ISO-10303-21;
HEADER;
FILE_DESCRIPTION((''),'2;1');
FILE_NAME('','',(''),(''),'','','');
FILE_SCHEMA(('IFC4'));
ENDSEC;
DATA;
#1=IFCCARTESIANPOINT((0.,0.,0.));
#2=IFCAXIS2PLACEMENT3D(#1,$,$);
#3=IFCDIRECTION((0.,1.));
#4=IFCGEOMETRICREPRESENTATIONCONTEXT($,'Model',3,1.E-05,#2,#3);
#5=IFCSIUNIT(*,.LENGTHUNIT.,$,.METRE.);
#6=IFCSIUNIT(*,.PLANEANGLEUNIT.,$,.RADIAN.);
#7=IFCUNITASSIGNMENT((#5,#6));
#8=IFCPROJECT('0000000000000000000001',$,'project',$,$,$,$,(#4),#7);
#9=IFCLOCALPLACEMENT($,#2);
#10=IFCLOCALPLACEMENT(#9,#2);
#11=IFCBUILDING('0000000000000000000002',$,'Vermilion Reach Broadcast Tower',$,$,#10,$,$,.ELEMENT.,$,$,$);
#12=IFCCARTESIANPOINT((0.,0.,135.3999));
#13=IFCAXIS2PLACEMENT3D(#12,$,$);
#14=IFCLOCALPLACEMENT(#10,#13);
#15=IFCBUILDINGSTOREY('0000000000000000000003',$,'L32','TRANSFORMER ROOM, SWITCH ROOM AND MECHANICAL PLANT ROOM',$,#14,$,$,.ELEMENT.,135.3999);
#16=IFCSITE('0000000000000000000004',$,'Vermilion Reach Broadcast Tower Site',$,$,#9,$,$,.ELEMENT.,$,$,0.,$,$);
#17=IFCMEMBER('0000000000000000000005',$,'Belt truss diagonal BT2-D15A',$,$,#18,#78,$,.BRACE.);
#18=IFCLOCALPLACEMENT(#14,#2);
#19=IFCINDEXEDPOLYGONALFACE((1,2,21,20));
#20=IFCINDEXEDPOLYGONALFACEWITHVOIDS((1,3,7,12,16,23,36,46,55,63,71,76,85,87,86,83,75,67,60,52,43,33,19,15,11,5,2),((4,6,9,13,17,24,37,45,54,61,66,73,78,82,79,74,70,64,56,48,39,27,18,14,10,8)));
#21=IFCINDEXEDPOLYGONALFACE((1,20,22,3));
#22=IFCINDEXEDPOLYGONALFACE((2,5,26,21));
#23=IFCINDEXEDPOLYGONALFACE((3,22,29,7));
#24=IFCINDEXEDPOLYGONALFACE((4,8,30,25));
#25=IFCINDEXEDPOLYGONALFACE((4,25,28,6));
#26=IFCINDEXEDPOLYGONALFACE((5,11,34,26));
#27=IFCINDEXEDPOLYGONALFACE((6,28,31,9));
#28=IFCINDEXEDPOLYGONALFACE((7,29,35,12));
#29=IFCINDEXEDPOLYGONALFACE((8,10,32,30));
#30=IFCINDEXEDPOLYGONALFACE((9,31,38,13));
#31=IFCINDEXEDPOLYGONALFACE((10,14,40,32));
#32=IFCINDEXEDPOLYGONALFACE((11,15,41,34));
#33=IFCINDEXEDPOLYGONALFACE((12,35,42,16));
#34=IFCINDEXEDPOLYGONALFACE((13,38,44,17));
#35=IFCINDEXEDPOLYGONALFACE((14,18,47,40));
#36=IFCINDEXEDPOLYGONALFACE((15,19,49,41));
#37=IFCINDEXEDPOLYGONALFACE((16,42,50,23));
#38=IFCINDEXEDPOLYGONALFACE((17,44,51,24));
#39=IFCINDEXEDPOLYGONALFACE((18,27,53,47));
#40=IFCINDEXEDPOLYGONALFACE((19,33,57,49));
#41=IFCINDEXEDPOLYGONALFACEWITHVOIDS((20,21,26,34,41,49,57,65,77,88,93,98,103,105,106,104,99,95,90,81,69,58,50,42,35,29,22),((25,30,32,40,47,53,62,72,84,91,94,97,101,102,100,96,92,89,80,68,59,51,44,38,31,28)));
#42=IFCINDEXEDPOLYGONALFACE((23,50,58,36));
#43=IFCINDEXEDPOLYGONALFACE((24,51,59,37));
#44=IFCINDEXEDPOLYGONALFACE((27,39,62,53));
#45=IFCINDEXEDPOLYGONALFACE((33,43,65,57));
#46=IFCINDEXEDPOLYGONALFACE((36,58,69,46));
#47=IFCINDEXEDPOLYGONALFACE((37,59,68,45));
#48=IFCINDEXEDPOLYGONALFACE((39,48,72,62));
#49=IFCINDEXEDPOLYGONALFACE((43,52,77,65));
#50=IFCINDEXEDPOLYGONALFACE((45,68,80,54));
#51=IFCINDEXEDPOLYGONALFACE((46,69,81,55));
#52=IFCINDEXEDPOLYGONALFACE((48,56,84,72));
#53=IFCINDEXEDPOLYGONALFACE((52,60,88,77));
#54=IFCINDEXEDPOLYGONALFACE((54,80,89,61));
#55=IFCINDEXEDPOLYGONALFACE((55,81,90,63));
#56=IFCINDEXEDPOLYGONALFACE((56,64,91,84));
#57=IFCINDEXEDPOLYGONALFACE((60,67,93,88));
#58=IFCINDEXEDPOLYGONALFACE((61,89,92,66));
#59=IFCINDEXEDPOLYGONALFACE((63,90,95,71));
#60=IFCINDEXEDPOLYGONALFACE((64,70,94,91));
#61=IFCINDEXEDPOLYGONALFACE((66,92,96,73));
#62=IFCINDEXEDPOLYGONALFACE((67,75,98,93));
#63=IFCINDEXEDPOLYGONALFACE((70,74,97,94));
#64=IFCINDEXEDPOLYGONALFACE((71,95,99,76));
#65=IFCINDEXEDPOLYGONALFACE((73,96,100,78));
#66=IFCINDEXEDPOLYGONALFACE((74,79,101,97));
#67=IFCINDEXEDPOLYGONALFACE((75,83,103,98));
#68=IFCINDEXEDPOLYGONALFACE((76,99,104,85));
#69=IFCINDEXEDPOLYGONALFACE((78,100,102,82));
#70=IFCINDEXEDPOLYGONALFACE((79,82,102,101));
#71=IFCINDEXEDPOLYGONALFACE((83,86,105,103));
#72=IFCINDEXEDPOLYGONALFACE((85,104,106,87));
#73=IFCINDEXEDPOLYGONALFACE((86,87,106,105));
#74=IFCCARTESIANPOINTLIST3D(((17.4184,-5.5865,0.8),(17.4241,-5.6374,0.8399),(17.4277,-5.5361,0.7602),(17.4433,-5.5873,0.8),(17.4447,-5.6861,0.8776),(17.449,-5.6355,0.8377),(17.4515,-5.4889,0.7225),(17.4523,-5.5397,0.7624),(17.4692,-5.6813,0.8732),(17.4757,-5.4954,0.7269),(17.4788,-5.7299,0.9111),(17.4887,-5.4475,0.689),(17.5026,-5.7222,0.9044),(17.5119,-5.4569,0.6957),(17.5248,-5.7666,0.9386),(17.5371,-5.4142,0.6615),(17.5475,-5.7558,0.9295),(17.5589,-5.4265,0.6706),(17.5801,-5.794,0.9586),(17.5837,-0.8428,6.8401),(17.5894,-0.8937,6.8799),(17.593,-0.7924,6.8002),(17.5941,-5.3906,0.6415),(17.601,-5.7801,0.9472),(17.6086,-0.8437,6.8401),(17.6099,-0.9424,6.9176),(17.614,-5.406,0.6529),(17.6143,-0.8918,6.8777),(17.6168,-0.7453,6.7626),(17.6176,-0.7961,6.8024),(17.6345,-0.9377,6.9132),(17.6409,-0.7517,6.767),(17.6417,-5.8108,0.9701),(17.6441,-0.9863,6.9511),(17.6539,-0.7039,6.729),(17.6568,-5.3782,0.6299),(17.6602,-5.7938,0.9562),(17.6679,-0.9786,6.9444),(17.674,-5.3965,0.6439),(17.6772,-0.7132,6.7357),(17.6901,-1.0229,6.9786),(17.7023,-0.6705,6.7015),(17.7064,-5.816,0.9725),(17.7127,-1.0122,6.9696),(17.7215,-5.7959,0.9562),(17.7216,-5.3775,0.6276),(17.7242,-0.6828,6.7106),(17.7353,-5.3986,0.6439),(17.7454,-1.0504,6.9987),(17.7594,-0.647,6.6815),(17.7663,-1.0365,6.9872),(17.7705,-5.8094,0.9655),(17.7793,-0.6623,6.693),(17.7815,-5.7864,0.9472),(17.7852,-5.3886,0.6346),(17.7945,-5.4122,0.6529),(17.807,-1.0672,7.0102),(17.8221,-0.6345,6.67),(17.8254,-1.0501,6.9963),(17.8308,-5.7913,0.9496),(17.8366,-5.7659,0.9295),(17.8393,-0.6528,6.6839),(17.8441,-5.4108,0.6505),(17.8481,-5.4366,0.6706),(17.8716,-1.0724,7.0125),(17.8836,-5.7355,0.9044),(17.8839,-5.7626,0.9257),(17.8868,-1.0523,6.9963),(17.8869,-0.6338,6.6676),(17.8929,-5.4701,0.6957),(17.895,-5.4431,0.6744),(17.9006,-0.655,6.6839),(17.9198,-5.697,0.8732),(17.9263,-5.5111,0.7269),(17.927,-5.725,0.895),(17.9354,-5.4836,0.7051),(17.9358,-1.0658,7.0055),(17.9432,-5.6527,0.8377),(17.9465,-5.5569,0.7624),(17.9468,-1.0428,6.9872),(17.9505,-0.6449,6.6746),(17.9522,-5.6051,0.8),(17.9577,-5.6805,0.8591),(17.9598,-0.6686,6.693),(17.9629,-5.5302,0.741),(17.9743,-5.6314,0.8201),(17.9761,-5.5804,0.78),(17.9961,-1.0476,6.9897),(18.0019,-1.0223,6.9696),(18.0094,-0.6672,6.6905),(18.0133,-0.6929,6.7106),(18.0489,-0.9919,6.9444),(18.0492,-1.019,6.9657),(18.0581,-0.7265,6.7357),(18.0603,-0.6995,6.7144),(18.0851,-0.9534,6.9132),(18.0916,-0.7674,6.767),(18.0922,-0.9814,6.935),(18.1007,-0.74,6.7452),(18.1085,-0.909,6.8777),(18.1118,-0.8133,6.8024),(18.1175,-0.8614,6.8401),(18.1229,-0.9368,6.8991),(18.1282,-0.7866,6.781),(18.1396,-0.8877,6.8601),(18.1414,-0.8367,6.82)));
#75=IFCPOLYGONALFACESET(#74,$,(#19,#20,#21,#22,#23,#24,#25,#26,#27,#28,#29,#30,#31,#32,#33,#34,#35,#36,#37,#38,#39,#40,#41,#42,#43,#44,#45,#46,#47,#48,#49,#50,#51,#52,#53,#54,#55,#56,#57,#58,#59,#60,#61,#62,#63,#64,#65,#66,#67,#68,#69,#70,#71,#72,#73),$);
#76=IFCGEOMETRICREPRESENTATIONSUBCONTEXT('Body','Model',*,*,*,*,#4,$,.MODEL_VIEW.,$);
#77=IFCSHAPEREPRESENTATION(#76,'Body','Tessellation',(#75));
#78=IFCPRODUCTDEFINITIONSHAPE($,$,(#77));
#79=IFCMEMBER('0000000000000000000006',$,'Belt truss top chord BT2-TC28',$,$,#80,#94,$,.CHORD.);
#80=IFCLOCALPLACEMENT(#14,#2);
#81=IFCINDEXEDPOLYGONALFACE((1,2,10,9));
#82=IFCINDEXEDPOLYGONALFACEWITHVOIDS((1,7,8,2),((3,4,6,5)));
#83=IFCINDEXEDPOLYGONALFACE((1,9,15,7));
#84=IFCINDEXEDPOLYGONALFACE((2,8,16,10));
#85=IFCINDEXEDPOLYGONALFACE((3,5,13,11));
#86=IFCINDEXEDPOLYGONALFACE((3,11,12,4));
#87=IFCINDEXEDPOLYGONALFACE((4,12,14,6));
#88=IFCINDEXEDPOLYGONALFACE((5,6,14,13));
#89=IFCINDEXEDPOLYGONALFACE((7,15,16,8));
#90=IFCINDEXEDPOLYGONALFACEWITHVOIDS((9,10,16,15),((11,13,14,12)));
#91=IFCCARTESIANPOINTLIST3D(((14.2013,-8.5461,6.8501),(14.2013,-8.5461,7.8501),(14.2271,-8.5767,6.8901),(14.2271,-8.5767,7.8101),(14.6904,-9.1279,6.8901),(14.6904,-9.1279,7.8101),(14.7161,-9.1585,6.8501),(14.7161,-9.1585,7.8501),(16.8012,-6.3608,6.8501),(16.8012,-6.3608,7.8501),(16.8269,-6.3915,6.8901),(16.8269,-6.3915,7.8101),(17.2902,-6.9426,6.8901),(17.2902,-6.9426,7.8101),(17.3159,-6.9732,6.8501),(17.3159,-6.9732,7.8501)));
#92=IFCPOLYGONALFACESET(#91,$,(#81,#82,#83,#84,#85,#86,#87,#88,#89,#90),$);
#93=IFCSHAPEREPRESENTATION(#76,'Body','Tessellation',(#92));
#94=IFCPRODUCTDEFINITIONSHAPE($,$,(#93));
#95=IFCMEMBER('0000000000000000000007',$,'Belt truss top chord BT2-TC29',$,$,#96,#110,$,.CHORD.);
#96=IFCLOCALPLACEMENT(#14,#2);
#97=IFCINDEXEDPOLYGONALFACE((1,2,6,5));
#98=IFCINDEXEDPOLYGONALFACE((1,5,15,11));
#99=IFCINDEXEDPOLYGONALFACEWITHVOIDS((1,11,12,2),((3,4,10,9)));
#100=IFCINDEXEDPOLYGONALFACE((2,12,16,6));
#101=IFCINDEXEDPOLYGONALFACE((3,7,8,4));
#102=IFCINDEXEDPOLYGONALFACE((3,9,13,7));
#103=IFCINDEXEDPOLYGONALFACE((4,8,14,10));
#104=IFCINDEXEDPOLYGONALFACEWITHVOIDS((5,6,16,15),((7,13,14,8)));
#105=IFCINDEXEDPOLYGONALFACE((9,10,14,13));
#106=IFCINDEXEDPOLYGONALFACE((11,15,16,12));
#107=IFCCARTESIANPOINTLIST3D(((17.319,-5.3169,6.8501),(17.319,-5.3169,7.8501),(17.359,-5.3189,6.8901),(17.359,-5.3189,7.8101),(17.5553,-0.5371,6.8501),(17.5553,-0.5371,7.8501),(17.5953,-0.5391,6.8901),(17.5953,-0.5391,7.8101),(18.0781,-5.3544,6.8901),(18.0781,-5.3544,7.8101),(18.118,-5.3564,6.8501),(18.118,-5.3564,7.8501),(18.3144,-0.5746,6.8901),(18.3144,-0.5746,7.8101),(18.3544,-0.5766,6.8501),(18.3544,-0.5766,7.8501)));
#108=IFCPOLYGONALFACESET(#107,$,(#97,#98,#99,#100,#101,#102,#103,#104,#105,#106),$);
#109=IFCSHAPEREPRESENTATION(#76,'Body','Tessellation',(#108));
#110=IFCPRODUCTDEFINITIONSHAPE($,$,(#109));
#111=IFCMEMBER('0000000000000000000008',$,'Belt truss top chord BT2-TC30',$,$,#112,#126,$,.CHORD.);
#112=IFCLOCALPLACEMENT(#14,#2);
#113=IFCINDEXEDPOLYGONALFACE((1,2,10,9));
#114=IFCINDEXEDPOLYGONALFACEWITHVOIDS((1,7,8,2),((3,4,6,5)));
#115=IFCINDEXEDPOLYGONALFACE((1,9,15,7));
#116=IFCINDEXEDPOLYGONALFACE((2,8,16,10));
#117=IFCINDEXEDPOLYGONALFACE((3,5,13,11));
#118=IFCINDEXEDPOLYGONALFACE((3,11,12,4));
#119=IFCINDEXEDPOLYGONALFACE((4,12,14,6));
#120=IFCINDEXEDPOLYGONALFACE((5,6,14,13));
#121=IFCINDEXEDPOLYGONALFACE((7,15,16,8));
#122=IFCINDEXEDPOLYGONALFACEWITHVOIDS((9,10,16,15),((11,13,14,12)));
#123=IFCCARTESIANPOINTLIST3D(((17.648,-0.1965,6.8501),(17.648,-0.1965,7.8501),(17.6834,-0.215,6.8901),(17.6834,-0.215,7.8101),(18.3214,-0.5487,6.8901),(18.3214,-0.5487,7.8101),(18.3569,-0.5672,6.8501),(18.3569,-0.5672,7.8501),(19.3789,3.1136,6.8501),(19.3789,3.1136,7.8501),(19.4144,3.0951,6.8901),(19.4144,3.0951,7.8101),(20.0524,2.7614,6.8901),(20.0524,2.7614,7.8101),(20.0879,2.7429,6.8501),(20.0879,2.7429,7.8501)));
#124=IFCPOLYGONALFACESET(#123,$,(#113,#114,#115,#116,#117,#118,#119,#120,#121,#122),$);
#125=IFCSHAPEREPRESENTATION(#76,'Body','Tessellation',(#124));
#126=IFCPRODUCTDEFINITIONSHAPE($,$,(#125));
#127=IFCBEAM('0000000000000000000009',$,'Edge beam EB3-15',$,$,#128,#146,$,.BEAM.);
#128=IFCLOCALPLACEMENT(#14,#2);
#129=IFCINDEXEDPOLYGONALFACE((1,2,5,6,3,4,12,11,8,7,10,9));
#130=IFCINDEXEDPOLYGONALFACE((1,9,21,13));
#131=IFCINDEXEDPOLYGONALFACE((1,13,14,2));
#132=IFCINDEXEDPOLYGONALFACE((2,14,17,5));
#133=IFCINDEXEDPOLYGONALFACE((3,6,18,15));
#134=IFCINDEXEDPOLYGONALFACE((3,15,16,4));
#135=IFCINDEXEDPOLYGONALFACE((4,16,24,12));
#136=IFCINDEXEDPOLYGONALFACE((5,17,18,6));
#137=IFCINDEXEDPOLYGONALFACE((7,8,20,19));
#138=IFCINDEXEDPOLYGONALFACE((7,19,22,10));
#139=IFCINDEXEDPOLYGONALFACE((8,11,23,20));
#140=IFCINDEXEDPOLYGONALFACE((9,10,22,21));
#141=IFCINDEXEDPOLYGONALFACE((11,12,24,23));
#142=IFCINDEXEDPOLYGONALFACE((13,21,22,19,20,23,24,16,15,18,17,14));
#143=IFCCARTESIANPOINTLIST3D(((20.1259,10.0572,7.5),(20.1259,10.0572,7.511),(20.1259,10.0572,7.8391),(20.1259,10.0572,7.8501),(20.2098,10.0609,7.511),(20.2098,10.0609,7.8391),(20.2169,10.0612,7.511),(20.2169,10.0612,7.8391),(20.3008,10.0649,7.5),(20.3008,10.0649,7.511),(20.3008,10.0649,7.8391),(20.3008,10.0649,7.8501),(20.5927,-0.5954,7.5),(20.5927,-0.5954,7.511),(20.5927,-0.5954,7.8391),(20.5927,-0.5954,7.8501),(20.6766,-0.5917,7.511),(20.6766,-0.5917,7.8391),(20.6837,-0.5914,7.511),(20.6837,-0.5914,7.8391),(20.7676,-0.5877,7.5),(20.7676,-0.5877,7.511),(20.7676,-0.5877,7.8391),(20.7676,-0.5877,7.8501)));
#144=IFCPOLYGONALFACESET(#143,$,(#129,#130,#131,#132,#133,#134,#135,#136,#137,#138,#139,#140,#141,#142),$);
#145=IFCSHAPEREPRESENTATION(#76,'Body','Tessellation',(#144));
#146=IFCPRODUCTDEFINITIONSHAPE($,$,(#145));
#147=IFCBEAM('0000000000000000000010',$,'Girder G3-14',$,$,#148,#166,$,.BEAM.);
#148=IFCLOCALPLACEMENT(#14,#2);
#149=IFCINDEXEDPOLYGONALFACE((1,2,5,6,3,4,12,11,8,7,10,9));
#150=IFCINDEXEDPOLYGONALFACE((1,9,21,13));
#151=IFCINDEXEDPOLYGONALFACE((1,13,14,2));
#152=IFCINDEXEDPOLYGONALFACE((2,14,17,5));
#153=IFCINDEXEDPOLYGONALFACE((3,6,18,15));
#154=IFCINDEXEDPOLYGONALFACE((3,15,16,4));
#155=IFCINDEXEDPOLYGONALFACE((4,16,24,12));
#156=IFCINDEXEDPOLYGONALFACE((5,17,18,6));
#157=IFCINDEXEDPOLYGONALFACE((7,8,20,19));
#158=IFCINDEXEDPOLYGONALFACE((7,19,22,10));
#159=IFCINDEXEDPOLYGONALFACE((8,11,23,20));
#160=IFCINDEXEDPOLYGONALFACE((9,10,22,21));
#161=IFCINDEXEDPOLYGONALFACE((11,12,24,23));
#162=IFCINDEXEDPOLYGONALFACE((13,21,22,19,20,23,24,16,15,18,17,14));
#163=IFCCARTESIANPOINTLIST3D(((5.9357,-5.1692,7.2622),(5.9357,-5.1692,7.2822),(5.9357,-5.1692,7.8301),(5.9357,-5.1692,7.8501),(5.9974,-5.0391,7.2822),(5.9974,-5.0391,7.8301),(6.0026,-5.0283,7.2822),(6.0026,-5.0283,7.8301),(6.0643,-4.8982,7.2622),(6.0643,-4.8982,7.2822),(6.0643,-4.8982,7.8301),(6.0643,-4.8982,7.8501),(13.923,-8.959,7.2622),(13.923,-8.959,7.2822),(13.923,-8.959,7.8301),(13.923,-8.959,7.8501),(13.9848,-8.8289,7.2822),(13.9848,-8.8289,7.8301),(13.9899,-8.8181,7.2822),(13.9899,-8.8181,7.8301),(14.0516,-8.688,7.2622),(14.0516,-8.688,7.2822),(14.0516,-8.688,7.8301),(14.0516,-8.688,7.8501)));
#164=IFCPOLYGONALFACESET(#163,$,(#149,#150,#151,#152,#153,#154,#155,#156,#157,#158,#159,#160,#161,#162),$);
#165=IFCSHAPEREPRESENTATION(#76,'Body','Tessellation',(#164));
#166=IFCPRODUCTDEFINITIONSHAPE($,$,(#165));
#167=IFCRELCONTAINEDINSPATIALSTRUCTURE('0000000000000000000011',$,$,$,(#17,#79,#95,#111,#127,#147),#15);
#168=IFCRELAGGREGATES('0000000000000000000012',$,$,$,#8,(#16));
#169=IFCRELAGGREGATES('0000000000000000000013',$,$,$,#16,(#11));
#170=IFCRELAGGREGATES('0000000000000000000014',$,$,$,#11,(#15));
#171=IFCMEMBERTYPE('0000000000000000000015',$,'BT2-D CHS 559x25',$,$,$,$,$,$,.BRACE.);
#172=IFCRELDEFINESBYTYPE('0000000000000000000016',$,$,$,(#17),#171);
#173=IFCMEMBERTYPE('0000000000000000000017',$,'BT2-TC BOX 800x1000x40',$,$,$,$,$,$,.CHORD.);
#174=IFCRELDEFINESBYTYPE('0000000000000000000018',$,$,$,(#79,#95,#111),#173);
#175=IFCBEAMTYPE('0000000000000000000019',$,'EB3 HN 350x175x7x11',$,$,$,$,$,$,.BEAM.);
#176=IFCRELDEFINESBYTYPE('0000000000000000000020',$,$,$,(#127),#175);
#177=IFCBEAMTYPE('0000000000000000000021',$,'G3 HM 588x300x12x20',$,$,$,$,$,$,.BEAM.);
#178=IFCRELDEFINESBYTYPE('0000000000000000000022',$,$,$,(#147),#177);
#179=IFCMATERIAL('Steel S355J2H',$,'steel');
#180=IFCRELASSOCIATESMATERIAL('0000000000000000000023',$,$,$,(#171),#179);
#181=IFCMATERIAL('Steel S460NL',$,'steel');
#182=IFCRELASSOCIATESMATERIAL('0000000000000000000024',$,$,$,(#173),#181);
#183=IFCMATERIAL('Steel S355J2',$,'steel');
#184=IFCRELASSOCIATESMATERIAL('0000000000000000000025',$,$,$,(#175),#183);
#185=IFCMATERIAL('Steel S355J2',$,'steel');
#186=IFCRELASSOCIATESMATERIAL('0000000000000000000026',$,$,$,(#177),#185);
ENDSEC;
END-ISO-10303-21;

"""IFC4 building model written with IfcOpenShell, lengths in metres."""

from ifc_helpers import new_model, si_unit, direction, frame, origin, origin_2d, place, context, subcontext, project, spatial, hollow_rectangle, hollow_circle, i_section, extrude, material, material_profile, profile_set, type_object, element, save


model = new_model("IFC4")

# Units and contexts
model_context = context("Model", 3, precision=1e-05, world=origin(), true_north=direction((0.0, 1.0)))
body_context = subcontext(model_context, "Body", "Model", "MODEL_VIEW")
ifc_project = project(units=[si_unit("LENGTHUNIT", "METRE"), si_unit("PLANEANGLEUNIT", "RADIAN")], contexts=[model_context])

# Site, building, storey
site_placement = place(None, origin())
site = spatial("IfcSite", under=ifc_project, at=site_placement, Name="Vermilion Reach Broadcast Tower Site", CompositionType="ELEMENT", RefElevation=0.0)
building_placement = place(site_placement, origin())
building = spatial("IfcBuilding", under=site, at=building_placement, Name="Vermilion Reach Broadcast Tower", CompositionType="ELEMENT")
storey_placement = place(building_placement, frame((0.0, 0.0, 135.3999)))
storey = spatial("IfcBuildingStorey", under=building, at=storey_placement, Name="L32", Description="TRANSFORMER ROOM, SWITCH ROOM AND MECHANICAL PLANT ROOM", CompositionType="ELEMENT", Elevation=135.3999)

# Members
ifc_material_1 = material(Name="Steel S355J2H", Category="steel")
ifc_material_profile_1 = material_profile(ifc_material_1, hollow_circle(Radius=0.2795, WallThickness=0.0249, at=origin_2d()), Name="S355J2H CHS 559x25")
ifc_profile_set_1 = profile_set([ifc_material_profile_1], Name="Steel S355J2H")
member_type_1 = type_object("IfcMemberType", Name="BT2-D CHS 559x25", PredefinedType="BRACE", material=ifc_profile_set_1)
member_1_placement = place(storey_placement, frame((17.6978, -5.5962, 0.8), z_axis=(0.021516, 0.61751, 0.786269), x_axis=(-0.999394, 0.034822, 0.0)))
element("IfcMember", 1, at=member_1_placement, inside=storey, type_object=member_type_1, Name="Belt truss diagonal BT2-D15A", PredefinedType="BRACE", context=body_context, shape_type="SweptSolid", body=[
    extrude(hollow_circle(Radius=0.2795, WallThickness=0.0249, at=origin_2d()), origin(), (0.0, 0.0, 1.0), 7.6819),
])
ifc_material_2 = material(Name="Steel S460NL", Category="steel")
ifc_material_profile_2 = material_profile(ifc_material_2, hollow_rectangle(XDim=0.8, YDim=1.0, WallThickness=0.04, at=origin_2d()), Name="S460NL BOX 800x1000x40")
ifc_profile_set_2 = profile_set([ifc_material_profile_2], Name="Steel S460NL")
member_type_2 = type_object("IfcMemberType", Name="BT2-TC BOX 800x1000x40", PredefinedType="CHORD", material=ifc_profile_set_2)
member_2_placement = place(storey_placement, frame((14.4587, -8.8523, 7.3501), z_axis=(0.765498, 0.643438, 0.0), x_axis=(-0.643438, 0.765498, 0.0)))
element("IfcMember", 2, at=member_2_placement, inside=storey, type_object=member_type_2, Name="Belt truss top chord BT2-TC28", PredefinedType="CHORD", context=body_context, shape_type="SweptSolid", body=[
    extrude(hollow_rectangle(XDim=0.8, YDim=1.0, WallThickness=0.04, at=origin_2d()), origin(), (0.0, 0.0, 1.0), 3.3962),
])
member_3_placement = place(storey_placement, frame((17.7185, -5.3367, 7.3501), z_axis=(0.049383, 0.99878, 0.0), x_axis=(-0.99878, 0.049383, 0.0)))
element("IfcMember", 3, at=member_3_placement, inside=storey, type_object=member_type_2, Name="Belt truss top chord BT2-TC29", PredefinedType="CHORD", context=body_context, shape_type="SweptSolid", body=[
    extrude(hollow_rectangle(XDim=0.8, YDim=1.0, WallThickness=0.04, at=origin_2d()), origin(), (0.0, 0.0, 1.0), 4.7856),
])
member_4_placement = place(storey_placement, frame((18.0024, -0.3818, 7.3501), z_axis=(0.463401, 0.886149, 0.0), x_axis=(-0.886149, 0.463401, 0.0)))
element("IfcMember", 4, at=member_4_placement, inside=storey, type_object=member_type_2, Name="Belt truss top chord BT2-TC30", PredefinedType="CHORD", context=body_context, shape_type="SweptSolid", body=[
    extrude(hollow_rectangle(XDim=0.8, YDim=1.0, WallThickness=0.04, at=origin_2d()), origin(), (0.0, 0.0, 1.0), 3.7354),
])

# Beams
ifc_material_3 = material(Name="Steel S355J2", Category="steel")
ifc_material_profile_3 = material_profile(ifc_material_3, i_section(OverallWidth=0.175, OverallDepth=0.3501, WebThickness=0.0071, FlangeThickness=0.011, at=origin_2d()), Name="S355J2 HN 350x175x7x11")
ifc_profile_set_3 = profile_set([ifc_material_profile_3], Name="Steel S355J2")
beam_type_1 = type_object("IfcBeamType", Name="EB3 HN 350x175x7x11", PredefinedType="BEAM", material=ifc_profile_set_3)
beam_1_placement = place(storey_placement, frame((20.6802, -0.5916, 7.675), z_axis=(-0.043778, 0.999041, 0.0), x_axis=(-0.999041, -0.043778, 0.0)))
element("IfcBeam", 5, at=beam_1_placement, inside=storey, type_object=beam_type_1, Name="Edge beam EB3-15", PredefinedType="BEAM", context=body_context, shape_type="SweptSolid", body=[
    extrude(i_section(OverallWidth=0.175, OverallDepth=0.3501, WebThickness=0.0071, FlangeThickness=0.011, at=origin_2d()), origin(), (0.0, 0.0, 1.0), 10.6628),
])
ifc_material_4 = material(Name="Steel S355J2", Category="steel")
ifc_material_profile_4 = material_profile(ifc_material_4, i_section(OverallWidth=0.3, OverallDepth=0.5879, WebThickness=0.012, FlangeThickness=0.02, at=origin_2d()), Name="S355J2 HM 588x300x12x20")
ifc_profile_set_4 = profile_set([ifc_material_profile_4], Name="Steel S355J2")
beam_type_2 = type_object("IfcBeamType", Name="G3 HM 588x300x12x20", PredefinedType="BEAM", material=ifc_profile_set_4)
beam_2_placement = place(storey_placement, frame((6.0, -5.0337, 7.5562), z_axis=(0.90346, -0.428671, 0.0), x_axis=(0.428671, 0.90346, 0.0)))
element("IfcBeam", 6, at=beam_2_placement, inside=storey, type_object=beam_type_2, Name="Girder G3-14", PredefinedType="BEAM", context=body_context, shape_type="SweptSolid", body=[
    extrude(i_section(OverallWidth=0.3, OverallDepth=0.5879, WebThickness=0.012, FlangeThickness=0.02, at=origin_2d()), origin(), (0.0, 0.0, 1.0), 8.8408),
])

save(model, "model.ifc")
